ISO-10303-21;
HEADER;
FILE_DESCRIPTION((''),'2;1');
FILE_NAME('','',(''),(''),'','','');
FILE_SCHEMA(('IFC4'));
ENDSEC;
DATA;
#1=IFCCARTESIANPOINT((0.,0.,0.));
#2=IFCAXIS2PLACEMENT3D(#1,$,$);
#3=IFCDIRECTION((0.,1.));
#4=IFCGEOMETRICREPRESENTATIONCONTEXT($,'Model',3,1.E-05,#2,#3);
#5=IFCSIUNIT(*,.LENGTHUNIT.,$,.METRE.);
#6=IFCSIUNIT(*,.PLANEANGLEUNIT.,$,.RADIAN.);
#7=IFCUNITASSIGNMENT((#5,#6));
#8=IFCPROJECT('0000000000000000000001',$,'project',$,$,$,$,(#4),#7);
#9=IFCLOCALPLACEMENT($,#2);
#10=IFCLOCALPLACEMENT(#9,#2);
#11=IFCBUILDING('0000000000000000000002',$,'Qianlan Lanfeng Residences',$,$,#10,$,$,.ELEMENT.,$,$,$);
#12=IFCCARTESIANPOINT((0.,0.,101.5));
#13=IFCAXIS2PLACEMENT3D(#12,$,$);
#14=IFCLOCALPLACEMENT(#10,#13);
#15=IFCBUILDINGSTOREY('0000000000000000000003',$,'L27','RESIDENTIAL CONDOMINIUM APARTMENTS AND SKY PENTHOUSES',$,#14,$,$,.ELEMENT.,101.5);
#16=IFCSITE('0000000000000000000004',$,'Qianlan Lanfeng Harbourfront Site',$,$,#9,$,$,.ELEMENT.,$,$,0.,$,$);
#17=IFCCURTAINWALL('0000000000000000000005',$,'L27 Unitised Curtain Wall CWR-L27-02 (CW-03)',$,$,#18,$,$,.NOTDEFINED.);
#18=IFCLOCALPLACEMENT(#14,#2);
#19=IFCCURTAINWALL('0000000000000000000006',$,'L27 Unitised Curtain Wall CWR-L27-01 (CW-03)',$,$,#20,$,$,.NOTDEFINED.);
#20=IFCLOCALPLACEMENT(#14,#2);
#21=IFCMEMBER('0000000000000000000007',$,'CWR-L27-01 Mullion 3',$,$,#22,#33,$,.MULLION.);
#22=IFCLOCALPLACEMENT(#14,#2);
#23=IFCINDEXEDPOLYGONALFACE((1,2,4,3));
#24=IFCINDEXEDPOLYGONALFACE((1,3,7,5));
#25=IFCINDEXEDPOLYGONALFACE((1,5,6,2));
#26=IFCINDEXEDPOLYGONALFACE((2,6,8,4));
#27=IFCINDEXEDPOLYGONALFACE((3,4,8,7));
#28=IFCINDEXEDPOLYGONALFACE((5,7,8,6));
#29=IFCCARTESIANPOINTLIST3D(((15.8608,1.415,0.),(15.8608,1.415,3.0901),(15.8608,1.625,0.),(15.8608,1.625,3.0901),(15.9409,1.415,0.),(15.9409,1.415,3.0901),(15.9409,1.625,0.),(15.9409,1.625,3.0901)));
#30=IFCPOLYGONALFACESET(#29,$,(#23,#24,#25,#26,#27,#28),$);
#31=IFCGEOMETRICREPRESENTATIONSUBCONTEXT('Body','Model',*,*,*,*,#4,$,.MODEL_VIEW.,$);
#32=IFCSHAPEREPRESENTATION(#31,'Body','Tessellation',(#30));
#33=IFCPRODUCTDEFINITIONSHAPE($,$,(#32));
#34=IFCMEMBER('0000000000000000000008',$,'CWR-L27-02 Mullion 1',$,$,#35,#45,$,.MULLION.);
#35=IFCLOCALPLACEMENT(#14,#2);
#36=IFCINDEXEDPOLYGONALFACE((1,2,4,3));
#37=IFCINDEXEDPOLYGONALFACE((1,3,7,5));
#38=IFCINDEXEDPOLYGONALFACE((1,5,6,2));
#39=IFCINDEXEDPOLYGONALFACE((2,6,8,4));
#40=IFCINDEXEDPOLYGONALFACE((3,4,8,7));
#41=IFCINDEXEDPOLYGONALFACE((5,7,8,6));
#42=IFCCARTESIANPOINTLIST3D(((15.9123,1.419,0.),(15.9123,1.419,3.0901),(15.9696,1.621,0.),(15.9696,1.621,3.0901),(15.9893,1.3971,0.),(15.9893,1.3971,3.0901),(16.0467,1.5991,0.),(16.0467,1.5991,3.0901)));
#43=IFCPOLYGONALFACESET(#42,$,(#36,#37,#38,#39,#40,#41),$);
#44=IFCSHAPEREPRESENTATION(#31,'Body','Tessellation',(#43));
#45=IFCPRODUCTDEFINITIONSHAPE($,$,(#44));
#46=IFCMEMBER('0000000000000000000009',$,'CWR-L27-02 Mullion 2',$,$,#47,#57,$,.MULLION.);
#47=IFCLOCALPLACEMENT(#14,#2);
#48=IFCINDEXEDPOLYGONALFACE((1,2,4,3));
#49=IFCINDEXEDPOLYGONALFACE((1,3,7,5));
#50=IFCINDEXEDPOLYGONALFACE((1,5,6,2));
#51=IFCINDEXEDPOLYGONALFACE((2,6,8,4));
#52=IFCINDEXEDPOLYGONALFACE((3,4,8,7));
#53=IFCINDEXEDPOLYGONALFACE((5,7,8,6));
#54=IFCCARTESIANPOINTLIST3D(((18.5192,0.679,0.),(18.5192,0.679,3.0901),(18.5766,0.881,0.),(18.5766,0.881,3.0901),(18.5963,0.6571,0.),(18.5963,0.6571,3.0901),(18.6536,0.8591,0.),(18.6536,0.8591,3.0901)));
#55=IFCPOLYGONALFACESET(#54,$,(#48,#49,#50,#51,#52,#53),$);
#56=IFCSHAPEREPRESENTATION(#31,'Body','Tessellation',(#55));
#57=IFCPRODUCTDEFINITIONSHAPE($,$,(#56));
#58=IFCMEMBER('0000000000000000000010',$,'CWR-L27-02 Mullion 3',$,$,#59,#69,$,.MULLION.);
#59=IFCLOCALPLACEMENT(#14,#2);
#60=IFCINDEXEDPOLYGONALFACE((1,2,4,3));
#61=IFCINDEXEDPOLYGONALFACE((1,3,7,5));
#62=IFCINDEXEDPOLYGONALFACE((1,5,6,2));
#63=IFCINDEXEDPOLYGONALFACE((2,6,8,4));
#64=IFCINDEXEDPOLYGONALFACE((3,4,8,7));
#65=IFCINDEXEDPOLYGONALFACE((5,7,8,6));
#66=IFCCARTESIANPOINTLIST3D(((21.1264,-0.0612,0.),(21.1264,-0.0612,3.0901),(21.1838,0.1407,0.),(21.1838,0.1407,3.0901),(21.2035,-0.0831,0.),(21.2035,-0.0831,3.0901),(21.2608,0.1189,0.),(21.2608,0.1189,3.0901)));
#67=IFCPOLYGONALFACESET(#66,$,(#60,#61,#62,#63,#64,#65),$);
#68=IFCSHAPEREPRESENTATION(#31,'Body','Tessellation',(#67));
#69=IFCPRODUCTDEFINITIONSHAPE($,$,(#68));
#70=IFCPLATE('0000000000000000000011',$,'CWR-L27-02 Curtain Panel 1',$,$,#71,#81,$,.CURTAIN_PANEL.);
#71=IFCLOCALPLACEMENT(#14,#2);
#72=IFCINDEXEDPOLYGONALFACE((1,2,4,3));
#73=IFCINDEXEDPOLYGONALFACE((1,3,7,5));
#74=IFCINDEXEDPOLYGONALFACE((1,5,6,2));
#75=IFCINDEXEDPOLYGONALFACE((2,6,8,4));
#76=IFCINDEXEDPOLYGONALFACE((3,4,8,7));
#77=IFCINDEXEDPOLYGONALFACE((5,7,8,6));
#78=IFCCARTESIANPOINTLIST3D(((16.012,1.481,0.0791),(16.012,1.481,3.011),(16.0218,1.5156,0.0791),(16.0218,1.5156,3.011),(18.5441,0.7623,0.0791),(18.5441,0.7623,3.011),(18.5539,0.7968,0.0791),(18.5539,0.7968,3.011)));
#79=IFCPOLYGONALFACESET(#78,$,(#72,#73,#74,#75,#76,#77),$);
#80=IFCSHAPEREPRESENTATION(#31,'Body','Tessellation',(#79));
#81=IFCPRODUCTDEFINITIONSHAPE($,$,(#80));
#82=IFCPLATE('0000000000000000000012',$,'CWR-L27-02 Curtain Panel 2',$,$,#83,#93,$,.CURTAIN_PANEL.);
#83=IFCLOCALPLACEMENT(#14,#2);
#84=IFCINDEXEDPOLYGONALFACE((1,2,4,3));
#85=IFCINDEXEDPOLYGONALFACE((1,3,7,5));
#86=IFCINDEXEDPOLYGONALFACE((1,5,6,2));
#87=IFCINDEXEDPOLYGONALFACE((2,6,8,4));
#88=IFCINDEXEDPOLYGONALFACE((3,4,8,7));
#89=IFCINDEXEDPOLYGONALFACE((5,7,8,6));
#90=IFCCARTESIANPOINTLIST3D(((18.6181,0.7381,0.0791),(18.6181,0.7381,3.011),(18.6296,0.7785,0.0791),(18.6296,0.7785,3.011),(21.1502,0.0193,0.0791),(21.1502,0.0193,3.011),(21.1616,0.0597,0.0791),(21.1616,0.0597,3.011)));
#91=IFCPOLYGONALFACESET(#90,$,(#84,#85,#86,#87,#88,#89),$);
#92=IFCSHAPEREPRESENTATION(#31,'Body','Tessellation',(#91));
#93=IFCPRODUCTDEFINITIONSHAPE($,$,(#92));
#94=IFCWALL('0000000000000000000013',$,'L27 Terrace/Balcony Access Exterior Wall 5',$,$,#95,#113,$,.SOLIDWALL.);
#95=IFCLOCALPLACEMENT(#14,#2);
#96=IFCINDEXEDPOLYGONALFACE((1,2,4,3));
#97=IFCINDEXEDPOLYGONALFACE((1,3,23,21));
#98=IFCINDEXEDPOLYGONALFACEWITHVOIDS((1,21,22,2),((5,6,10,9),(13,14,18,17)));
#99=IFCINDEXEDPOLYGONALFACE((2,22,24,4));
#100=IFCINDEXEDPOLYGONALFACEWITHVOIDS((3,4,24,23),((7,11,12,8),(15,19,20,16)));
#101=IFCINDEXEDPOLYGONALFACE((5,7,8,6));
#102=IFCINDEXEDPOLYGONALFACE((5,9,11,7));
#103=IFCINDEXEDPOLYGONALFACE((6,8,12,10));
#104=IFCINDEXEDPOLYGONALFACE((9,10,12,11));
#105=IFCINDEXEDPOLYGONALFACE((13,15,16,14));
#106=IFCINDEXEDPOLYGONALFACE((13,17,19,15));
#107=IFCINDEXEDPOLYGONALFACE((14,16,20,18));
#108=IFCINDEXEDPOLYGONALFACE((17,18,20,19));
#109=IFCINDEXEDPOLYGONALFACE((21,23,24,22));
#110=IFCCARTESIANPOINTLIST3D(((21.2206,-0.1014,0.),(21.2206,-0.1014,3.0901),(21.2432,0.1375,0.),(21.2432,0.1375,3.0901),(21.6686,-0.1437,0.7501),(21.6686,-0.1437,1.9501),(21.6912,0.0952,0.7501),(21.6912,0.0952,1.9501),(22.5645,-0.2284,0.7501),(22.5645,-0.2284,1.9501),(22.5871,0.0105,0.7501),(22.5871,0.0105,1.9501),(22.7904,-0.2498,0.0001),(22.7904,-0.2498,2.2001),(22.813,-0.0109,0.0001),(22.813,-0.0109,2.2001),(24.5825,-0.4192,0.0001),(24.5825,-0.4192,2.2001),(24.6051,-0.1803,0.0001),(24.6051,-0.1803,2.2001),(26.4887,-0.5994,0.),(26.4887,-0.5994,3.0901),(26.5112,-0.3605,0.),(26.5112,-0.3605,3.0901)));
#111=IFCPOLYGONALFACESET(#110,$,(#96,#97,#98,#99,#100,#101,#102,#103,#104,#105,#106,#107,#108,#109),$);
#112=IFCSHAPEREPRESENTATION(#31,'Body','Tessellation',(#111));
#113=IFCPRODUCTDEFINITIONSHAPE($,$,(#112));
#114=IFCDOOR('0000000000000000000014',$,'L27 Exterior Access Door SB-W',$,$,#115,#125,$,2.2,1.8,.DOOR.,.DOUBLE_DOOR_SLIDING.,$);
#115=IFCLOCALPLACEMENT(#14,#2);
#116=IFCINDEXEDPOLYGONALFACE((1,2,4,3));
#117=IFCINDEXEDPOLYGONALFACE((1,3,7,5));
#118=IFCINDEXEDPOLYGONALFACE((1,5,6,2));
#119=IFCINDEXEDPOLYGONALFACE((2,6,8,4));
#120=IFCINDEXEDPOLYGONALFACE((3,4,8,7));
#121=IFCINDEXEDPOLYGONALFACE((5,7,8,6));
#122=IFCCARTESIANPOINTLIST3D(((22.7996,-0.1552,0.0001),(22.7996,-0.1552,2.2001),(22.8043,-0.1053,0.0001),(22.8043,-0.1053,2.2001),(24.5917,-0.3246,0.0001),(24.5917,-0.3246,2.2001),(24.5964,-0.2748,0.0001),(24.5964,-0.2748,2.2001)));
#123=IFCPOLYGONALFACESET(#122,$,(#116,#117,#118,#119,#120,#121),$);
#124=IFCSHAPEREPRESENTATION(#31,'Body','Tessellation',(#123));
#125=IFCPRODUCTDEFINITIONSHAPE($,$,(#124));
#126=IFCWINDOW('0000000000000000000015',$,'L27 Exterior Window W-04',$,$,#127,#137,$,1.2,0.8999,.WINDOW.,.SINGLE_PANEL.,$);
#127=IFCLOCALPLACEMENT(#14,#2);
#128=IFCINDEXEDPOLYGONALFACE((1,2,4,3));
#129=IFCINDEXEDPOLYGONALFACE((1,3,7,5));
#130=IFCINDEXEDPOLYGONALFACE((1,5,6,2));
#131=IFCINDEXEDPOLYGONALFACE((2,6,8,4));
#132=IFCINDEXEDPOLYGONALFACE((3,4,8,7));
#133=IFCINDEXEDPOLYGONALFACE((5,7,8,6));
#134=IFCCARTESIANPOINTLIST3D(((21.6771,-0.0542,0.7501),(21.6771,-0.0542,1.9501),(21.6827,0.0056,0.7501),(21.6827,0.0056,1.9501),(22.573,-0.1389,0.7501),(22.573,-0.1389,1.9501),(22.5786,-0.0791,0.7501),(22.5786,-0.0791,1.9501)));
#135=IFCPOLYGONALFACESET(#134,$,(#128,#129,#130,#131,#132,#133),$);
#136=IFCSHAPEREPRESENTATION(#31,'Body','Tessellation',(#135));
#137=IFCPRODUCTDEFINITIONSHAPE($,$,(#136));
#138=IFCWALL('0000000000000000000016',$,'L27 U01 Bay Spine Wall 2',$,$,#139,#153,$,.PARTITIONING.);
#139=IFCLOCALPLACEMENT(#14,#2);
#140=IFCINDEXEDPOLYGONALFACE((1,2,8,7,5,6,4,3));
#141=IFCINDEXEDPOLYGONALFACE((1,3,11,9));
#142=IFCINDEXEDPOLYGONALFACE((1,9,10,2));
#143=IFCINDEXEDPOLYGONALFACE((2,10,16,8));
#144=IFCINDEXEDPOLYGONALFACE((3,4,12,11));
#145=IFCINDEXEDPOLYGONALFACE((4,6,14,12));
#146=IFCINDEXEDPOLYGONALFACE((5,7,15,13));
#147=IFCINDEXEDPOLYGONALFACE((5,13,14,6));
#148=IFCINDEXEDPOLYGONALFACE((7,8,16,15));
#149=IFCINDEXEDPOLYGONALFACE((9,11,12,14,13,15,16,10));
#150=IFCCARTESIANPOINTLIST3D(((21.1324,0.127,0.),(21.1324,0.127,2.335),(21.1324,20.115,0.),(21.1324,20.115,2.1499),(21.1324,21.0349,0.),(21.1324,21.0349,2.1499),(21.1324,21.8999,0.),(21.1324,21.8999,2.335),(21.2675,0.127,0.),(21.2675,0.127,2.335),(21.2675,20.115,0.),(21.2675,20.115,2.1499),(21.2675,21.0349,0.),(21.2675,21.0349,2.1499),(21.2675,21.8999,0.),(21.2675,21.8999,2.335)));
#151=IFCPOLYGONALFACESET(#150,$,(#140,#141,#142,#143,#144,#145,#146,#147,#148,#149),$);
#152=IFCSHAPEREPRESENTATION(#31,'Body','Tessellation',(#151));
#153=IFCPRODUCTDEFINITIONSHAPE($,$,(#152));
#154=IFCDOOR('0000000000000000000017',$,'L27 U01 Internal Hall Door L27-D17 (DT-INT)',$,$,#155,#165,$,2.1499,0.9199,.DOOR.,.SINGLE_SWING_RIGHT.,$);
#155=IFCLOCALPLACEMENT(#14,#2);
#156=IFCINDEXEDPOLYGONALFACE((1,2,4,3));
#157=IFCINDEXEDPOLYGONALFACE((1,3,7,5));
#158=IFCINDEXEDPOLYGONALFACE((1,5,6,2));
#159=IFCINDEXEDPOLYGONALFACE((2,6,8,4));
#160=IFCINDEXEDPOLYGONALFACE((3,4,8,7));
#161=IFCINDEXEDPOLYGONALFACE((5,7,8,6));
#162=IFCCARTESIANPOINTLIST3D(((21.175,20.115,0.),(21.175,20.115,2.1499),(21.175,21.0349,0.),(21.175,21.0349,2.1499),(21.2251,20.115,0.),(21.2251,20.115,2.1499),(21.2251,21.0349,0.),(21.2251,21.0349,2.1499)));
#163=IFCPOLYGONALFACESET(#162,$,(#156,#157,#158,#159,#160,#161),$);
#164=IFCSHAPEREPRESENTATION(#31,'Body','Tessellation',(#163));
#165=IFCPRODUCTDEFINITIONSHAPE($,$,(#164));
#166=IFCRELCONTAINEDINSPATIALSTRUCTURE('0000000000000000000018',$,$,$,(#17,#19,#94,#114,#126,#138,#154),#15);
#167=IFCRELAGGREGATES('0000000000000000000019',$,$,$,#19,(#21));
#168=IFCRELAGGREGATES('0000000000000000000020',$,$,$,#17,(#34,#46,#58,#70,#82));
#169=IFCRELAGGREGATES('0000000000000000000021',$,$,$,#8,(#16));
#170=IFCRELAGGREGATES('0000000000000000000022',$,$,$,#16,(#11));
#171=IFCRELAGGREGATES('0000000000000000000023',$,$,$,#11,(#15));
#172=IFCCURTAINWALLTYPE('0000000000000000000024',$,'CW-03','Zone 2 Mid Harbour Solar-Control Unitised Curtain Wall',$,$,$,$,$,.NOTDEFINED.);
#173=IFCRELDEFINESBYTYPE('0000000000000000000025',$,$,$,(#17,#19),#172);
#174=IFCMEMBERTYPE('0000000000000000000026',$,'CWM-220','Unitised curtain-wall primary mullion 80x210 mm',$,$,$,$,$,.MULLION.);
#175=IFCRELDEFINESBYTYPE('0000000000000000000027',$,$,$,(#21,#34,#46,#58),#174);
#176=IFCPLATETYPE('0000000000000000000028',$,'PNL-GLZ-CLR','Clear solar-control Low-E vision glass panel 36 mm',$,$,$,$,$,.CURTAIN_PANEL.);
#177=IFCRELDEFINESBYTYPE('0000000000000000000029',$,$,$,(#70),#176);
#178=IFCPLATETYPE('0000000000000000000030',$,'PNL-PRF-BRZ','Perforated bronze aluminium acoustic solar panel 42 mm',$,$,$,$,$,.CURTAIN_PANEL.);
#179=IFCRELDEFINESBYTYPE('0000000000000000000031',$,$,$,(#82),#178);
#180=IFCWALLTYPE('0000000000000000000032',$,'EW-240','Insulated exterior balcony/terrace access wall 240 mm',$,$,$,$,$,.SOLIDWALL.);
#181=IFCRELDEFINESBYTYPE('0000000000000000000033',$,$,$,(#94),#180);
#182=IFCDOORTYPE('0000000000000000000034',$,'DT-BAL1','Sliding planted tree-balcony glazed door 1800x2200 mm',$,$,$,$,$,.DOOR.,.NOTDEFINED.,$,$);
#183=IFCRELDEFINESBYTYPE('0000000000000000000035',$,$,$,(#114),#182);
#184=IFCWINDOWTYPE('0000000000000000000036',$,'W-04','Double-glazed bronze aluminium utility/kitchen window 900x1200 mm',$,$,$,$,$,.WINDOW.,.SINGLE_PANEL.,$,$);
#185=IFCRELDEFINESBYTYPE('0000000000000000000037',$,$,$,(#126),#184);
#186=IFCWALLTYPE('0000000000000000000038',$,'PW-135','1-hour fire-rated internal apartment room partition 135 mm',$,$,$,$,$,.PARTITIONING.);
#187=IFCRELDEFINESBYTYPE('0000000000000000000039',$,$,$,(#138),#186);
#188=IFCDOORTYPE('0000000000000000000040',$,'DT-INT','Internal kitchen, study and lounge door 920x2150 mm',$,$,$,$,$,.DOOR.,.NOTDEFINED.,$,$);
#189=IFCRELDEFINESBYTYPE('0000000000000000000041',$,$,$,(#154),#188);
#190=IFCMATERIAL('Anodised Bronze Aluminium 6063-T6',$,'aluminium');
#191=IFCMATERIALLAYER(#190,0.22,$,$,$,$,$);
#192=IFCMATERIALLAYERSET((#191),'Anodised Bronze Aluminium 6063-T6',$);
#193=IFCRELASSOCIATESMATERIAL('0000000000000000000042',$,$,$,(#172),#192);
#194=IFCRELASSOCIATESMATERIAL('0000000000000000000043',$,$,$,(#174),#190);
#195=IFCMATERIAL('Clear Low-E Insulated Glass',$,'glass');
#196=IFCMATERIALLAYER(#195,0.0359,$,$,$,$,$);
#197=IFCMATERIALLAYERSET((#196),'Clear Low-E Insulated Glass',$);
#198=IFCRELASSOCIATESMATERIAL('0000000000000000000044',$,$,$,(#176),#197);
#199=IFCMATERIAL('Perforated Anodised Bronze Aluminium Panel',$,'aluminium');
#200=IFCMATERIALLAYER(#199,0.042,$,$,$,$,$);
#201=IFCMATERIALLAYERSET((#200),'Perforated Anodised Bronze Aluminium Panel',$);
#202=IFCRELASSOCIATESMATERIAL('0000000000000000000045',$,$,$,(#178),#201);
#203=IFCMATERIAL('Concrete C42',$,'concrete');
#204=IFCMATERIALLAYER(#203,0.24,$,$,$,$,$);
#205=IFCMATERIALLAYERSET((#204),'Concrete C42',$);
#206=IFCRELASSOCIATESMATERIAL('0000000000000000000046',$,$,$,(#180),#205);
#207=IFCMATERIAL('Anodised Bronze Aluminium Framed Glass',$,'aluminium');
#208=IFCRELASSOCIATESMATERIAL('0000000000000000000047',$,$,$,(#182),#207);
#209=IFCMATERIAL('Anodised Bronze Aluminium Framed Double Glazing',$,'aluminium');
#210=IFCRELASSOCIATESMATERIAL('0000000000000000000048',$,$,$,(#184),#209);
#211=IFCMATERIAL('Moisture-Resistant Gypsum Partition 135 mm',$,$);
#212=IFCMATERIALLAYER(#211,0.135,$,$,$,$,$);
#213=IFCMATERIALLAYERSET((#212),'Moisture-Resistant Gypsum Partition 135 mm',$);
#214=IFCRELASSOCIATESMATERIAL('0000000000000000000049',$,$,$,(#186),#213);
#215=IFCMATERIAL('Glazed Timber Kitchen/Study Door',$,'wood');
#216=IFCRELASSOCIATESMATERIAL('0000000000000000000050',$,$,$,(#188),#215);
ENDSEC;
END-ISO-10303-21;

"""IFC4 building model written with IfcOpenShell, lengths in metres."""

from ifc_helpers import new_model, si_unit, direction, frame, frame_2d, origin, origin_2d, place, context, subcontext, project, spatial, rectangle, extrude, source, transform, mapped, material, layer, layer_set, material_profile, profile_set, type_object, element, fill, aggregate, save


model = new_model("IFC4")

# Units and contexts
model_context = context("Model", 3, precision=1e-05, world=origin(), true_north=direction((0.0, 1.0)))
body_context = subcontext(model_context, "Body", "Model", "MODEL_VIEW")
ifc_project = project(units=[si_unit("LENGTHUNIT", "METRE"), si_unit("PLANEANGLEUNIT", "RADIAN")], contexts=[model_context])

# Site, building, storey
site_placement = place(None, origin())
site = spatial("IfcSite", under=ifc_project, at=site_placement, Name="Qianlan Lanfeng Harbourfront Site", CompositionType="ELEMENT", RefElevation=0.0)
building_placement = place(site_placement, origin())
building = spatial("IfcBuilding", under=site, at=building_placement, Name="Qianlan Lanfeng Residences", CompositionType="ELEMENT")
storey_placement = place(building_placement, frame((0.0, 0.0, 101.5)))
storey = spatial("IfcBuildingStorey", under=building, at=storey_placement, Name="L27", Description="RESIDENTIAL CONDOMINIUM APARTMENTS AND SKY PENTHOUSES", CompositionType="ELEMENT", Elevation=101.5)

# Curtain wall
ifc_material_1 = material(Name="Anodised Bronze Aluminium 6063-T6", Category="aluminium")
ifc_layer_1 = layer(ifc_material_1, 0.22)
ifc_layer_set_1 = layer_set([ifc_layer_1], Name="Anodised Bronze Aluminium 6063-T6")
curtain_wall_type = type_object("IfcCurtainWallType", Name="CW-03", Description="Zone 2 Mid Harbour Solar-Control Unitised Curtain Wall", PredefinedType="NOTDEFINED", material=ifc_layer_set_1)
curtain_wall_1_placement = place(storey_placement, origin())
curtain_wall_1 = element("IfcCurtainWall", 1, at=curtain_wall_1_placement, inside=storey, type_object=curtain_wall_type, Name="L27 Unitised Curtain Wall CWR-L27-02 (CW-03)", PredefinedType="NOTDEFINED")

# Curtain wall, member
curtain_wall_2_placement = place(storey_placement, origin())
curtain_wall_2 = element("IfcCurtainWall", 2, at=curtain_wall_2_placement, inside=storey, type_object=curtain_wall_type, Name="L27 Unitised Curtain Wall CWR-L27-01 (CW-03)", PredefinedType="NOTDEFINED")
ifc_material_profile_1 = material_profile(ifc_material_1, rectangle(XDim=0.0801, YDim=0.21, at=origin_2d()), Name="ALU MULLION 80x210")
ifc_profile_set_1 = profile_set([ifc_material_profile_1], Name="Anodised Bronze Aluminium 6063-T6")
member_type_1 = type_object("IfcMemberType", Name="CWM-220", Description="Unitised curtain-wall primary mullion 80x210 mm", PredefinedType="MULLION", material=ifc_profile_set_1)
shared_shape_1 = source(origin(), body_context, "Body", "SweptSolid", [
    extrude(rectangle(XDim=0.0801, YDim=0.21, at=origin_2d()), origin(), (0.0, 0.0, 1.0), 3.0901),
])
member_1_placement = place(storey_placement, frame((15.9009, 1.52, 0.0), z_axis=(0.0, 0.0, 1.0), x_axis=(1.0, 0.0, 0.0)))
member_1 = element("IfcMember", 3, at=member_1_placement, type_object=member_type_1, Name="CWR-L27-01 Mullion 3", PredefinedType="MULLION", context=body_context, shape_type="MappedRepresentation", body=[
    mapped(shared_shape_1, transform((0.0, 0.0, 0.0), scale=1.0)),
])
aggregate(curtain_wall_2, [member_1])

# Members
member_2_placement = place(storey_placement, frame((15.9795, 1.509, 0.0), z_axis=(0.0, 0.0, 1.0), x_axis=(0.961989, -0.273088, 0.0)))
member_2 = element("IfcMember", 4, at=member_2_placement, type_object=member_type_1, Name="CWR-L27-02 Mullion 1", PredefinedType="MULLION", context=body_context, shape_type="MappedRepresentation", body=[
    mapped(shared_shape_1, transform((0.0, 0.0, 0.0), scale=1.0)),
])
member_3_placement = place(storey_placement, frame((18.5864, 0.769, 0.0), z_axis=(0.0, 0.0, 1.0), x_axis=(0.961989, -0.273088, 0.0)))
member_3 = element("IfcMember", 5, at=member_3_placement, type_object=member_type_1, Name="CWR-L27-02 Mullion 2", PredefinedType="MULLION", context=body_context, shape_type="MappedRepresentation", body=[
    mapped(shared_shape_1, transform((0.0, 0.0, 0.0), scale=1.0)),
])
member_4_placement = place(storey_placement, frame((21.1936, 0.0288, 0.0), z_axis=(0.0, 0.0, 1.0), x_axis=(0.961989, -0.273088, 0.0)))
member_4 = element("IfcMember", 6, at=member_4_placement, type_object=member_type_1, Name="CWR-L27-02 Mullion 3", PredefinedType="MULLION", context=body_context, shape_type="MappedRepresentation", body=[
    mapped(shared_shape_1, transform((0.0, 0.0, 0.0), scale=1.0)),
])

# Plates
ifc_material_2 = material(Name="Clear Low-E Insulated Glass", Category="glass")
ifc_layer_2 = layer(ifc_material_2, 0.0359)
ifc_layer_set_2 = layer_set([ifc_layer_2], Name="Clear Low-E Insulated Glass")
plate_type_1 = type_object("IfcPlateType", Name="PNL-GLZ-CLR", Description="Clear solar-control Low-E vision glass panel 36 mm", PredefinedType="CURTAIN_PANEL", material=ifc_layer_set_2)
shared_shape_2 = source(origin(), body_context, "Body", "SweptSolid", [
    extrude(rectangle(XDim=2.6321, YDim=0.0359, at=origin_2d()), origin(), (0.0, 0.0, 1.0), 2.9319),
])
plate_1_placement = place(storey_placement, frame((17.283, 1.1389, 0.0791), z_axis=(0.0, 0.0, 1.0), x_axis=(0.961989, -0.273088, 0.0)))
plate_1 = element("IfcPlate", 7, at=plate_1_placement, type_object=plate_type_1, Name="CWR-L27-02 Curtain Panel 1", PredefinedType="CURTAIN_PANEL", context=body_context, shape_type="MappedRepresentation", body=[
    mapped(shared_shape_2, transform((0.0, 0.0, 0.0), scale=1.0)),
])
ifc_material_3 = material(Name="Perforated Anodised Bronze Aluminium Panel", Category="aluminium")
ifc_layer_3 = layer(ifc_material_3, 0.042)
ifc_layer_set_3 = layer_set([ifc_layer_3], Name="Perforated Anodised Bronze Aluminium Panel")
plate_type_2 = type_object("IfcPlateType", Name="PNL-PRF-BRZ", Description="Perforated bronze aluminium acoustic solar panel 42 mm", PredefinedType="CURTAIN_PANEL", material=ifc_layer_set_3)
shared_shape_3 = source(origin(), body_context, "Body", "SweptSolid", [
    extrude(rectangle(XDim=2.6321, YDim=0.042, at=origin_2d()), origin(), (0.0, 0.0, 1.0), 2.9319),
])
plate_2_placement = place(storey_placement, frame((19.8899, 0.3989, 0.0791), z_axis=(0.0, 0.0, 1.0), x_axis=(0.961989, -0.273088, 0.0)))
plate_2 = element("IfcPlate", 8, at=plate_2_placement, type_object=plate_type_2, Name="CWR-L27-02 Curtain Panel 2", PredefinedType="CURTAIN_PANEL", context=body_context, shape_type="MappedRepresentation", body=[
    mapped(shared_shape_3, transform((0.0, 0.0, 0.0), scale=1.0)),
])
aggregate(curtain_wall_1, [member_2, member_3, member_4, plate_1, plate_2])

# Wall, openings, door, window
ifc_material_4 = material(Name="Concrete C42", Category="concrete")
ifc_layer_4 = layer(ifc_material_4, 0.24)
ifc_layer_set_4 = layer_set([ifc_layer_4], Name="Concrete C42")
wall_type_1 = type_object("IfcWallType", Name="EW-240", Description="Insulated exterior balcony/terrace access wall 240 mm", PredefinedType="SOLIDWALL", material=ifc_layer_set_4)
wall_1_placement = place(storey_placement, frame((21.2319, 0.0181, 0.0), z_axis=(0.0, 0.0, 1.0), x_axis=(0.995561, -0.094121, 0.0)))
wall_1 = element("IfcWall", 9, at=wall_1_placement, inside=storey, type_object=wall_type_1, Name="L27 Terrace/Balcony Access Exterior Wall 5", PredefinedType="SOLIDWALL", context=body_context, shape_type="SweptSolid", body=[
    extrude(rectangle(XDim=5.2915, YDim=0.24, at=frame_2d((2.6458, 0.0))), origin(), (0.0, 0.0, 1.0), 3.0901),
])
opening_1_placement = place(wall_1_placement, frame((1.5769, 0.0, 0.0)))
opening_1 = element("IfcOpeningElement", 10, at=opening_1_placement, cuts=wall_1, PredefinedType="OPENING", context=body_context, shape_type="SweptSolid", body=[
    extrude(rectangle(XDim=1.8, YDim=2.2, at=frame_2d((0.8999, 1.1001))), frame((0.0, 0.1299, 0.0), z_axis=(0.0, -1.0, 0.0), x_axis=(1.0, 0.0, 0.0)), (0.0, 0.0, 1.0), 0.26),
])
opening_2_placement = place(wall_1_placement, frame((0.45, 0.0, 0.75)))
opening_2 = element("IfcOpeningElement", 11, at=opening_2_placement, cuts=wall_1, PredefinedType="OPENING", context=body_context, shape_type="SweptSolid", body=[
    extrude(rectangle(XDim=0.8999, YDim=1.2, at=frame_2d((0.45, 0.6001))), frame((0.0, 0.1299, 0.0), z_axis=(0.0, -1.0, 0.0), x_axis=(1.0, 0.0, 0.0)), (0.0, 0.0, 1.0), 0.26),
])
ifc_material_5 = material(Name="Anodised Bronze Aluminium Framed Glass", Category="aluminium")
door_type_1 = type_object("IfcDoorType", Name="DT-BAL1", Description="Sliding planted tree-balcony glazed door 1800x2200 mm", OperationType="NOTDEFINED", PredefinedType="DOOR", material=ifc_material_5)
door_1_placement = place(opening_1_placement, frame((1.8, 0.0, 0.0), z_axis=(0.0, 0.0, 1.0), x_axis=(-1.0, 0.0, 0.0)))
door_1 = element("IfcDoor", 12, at=door_1_placement, inside=storey, type_object=door_type_1, Name="L27 Exterior Access Door SB-W", OperationType="DOUBLE_DOOR_SLIDING", OverallHeight=2.2, OverallWidth=1.8, PredefinedType="DOOR", context=body_context, shape_type="SweptSolid", body=[
    extrude(rectangle(XDim=1.8, YDim=2.2, at=frame_2d((0.8999, 1.1001))), frame((0.0, 0.0249, 0.0), z_axis=(0.0, -1.0, 0.0), x_axis=(1.0, 0.0, 0.0)), (0.0, 0.0, 1.0), 0.05),
])
fill(opening_1, door_1)
ifc_material_6 = material(Name="Anodised Bronze Aluminium Framed Double Glazing", Category="aluminium")
window_type = type_object("IfcWindowType", Name="W-04", Description="Double-glazed bronze aluminium utility/kitchen window 900x1200 mm", PartitioningType="SINGLE_PANEL", PredefinedType="WINDOW", material=ifc_material_6)
window_placement = place(opening_2_placement, origin())
window = element("IfcWindow", 13, at=window_placement, inside=storey, type_object=window_type, Name="L27 Exterior Window W-04", OverallHeight=1.2, OverallWidth=0.8999, PartitioningType="SINGLE_PANEL", PredefinedType="WINDOW", context=body_context, shape_type="SweptSolid", body=[
    extrude(rectangle(XDim=0.8999, YDim=1.2, at=frame_2d((0.45, 0.6001))), frame((0.0, 0.03, 0.0), z_axis=(0.0, -1.0, 0.0), x_axis=(1.0, 0.0, 0.0)), (0.0, 0.0, 1.0), 0.0601),
])
fill(opening_2, window)

# Wall, opening, door
ifc_material_7 = material(Name="Moisture-Resistant Gypsum Partition 135 mm")
ifc_layer_5 = layer(ifc_material_7, 0.135)
ifc_layer_set_5 = layer_set([ifc_layer_5], Name="Moisture-Resistant Gypsum Partition 135 mm")
wall_type_2 = type_object("IfcWallType", Name="PW-135", Description="1-hour fire-rated internal apartment room partition 135 mm", PredefinedType="PARTITIONING", material=ifc_layer_set_5)
wall_2_placement = place(storey_placement, frame((21.2, 0.127, 0.0), z_axis=(0.0, 0.0, 1.0), x_axis=(0.0, 1.0, 0.0)))
wall_2 = element("IfcWall", 14, at=wall_2_placement, inside=storey, type_object=wall_type_2, Name="L27 U01 Bay Spine Wall 2", PredefinedType="PARTITIONING", context=body_context, shape_type="SweptSolid", body=[
    extrude(rectangle(XDim=21.7729, YDim=0.135, at=frame_2d((10.8865, 0.0))), origin(), (0.0, 0.0, 1.0), 2.335),
])
opening_3_placement = place(wall_2_placement, frame((19.988, 0.0, 0.0)))
opening_3 = element("IfcOpeningElement", 15, at=opening_3_placement, cuts=wall_2, PredefinedType="OPENING", context=body_context, shape_type="SweptSolid", body=[
    extrude(rectangle(XDim=0.9199, YDim=2.1499, at=frame_2d((0.46, 1.075))), frame((0.0, 0.0776, 0.0), z_axis=(0.0, -1.0, 0.0), x_axis=(1.0, 0.0, 0.0)), (0.0, 0.0, 1.0), 0.155),
])
ifc_material_8 = material(Name="Glazed Timber Kitchen/Study Door", Category="wood")
door_type_2 = type_object("IfcDoorType", Name="DT-INT", Description="Internal kitchen, study and lounge door 920x2150 mm", OperationType="NOTDEFINED", PredefinedType="DOOR", material=ifc_material_8)
door_2_placement = place(opening_3_placement, origin())
door_2 = element("IfcDoor", 16, at=door_2_placement, inside=storey, type_object=door_type_2, Name="L27 U01 Internal Hall Door L27-D17 (DT-INT)", OperationType="SINGLE_SWING_RIGHT", OverallHeight=2.1499, OverallWidth=0.9199, PredefinedType="DOOR", context=body_context, shape_type="SweptSolid", body=[
    extrude(rectangle(XDim=0.9199, YDim=2.1499, at=frame_2d((0.46, 1.075))), frame((0.0, 0.0249, 0.0), z_axis=(0.0, -1.0, 0.0), x_axis=(1.0, 0.0, 0.0)), (0.0, 0.0, 1.0), 0.05),
])
fill(opening_3, door_2)

save(model, "model.ifc")
